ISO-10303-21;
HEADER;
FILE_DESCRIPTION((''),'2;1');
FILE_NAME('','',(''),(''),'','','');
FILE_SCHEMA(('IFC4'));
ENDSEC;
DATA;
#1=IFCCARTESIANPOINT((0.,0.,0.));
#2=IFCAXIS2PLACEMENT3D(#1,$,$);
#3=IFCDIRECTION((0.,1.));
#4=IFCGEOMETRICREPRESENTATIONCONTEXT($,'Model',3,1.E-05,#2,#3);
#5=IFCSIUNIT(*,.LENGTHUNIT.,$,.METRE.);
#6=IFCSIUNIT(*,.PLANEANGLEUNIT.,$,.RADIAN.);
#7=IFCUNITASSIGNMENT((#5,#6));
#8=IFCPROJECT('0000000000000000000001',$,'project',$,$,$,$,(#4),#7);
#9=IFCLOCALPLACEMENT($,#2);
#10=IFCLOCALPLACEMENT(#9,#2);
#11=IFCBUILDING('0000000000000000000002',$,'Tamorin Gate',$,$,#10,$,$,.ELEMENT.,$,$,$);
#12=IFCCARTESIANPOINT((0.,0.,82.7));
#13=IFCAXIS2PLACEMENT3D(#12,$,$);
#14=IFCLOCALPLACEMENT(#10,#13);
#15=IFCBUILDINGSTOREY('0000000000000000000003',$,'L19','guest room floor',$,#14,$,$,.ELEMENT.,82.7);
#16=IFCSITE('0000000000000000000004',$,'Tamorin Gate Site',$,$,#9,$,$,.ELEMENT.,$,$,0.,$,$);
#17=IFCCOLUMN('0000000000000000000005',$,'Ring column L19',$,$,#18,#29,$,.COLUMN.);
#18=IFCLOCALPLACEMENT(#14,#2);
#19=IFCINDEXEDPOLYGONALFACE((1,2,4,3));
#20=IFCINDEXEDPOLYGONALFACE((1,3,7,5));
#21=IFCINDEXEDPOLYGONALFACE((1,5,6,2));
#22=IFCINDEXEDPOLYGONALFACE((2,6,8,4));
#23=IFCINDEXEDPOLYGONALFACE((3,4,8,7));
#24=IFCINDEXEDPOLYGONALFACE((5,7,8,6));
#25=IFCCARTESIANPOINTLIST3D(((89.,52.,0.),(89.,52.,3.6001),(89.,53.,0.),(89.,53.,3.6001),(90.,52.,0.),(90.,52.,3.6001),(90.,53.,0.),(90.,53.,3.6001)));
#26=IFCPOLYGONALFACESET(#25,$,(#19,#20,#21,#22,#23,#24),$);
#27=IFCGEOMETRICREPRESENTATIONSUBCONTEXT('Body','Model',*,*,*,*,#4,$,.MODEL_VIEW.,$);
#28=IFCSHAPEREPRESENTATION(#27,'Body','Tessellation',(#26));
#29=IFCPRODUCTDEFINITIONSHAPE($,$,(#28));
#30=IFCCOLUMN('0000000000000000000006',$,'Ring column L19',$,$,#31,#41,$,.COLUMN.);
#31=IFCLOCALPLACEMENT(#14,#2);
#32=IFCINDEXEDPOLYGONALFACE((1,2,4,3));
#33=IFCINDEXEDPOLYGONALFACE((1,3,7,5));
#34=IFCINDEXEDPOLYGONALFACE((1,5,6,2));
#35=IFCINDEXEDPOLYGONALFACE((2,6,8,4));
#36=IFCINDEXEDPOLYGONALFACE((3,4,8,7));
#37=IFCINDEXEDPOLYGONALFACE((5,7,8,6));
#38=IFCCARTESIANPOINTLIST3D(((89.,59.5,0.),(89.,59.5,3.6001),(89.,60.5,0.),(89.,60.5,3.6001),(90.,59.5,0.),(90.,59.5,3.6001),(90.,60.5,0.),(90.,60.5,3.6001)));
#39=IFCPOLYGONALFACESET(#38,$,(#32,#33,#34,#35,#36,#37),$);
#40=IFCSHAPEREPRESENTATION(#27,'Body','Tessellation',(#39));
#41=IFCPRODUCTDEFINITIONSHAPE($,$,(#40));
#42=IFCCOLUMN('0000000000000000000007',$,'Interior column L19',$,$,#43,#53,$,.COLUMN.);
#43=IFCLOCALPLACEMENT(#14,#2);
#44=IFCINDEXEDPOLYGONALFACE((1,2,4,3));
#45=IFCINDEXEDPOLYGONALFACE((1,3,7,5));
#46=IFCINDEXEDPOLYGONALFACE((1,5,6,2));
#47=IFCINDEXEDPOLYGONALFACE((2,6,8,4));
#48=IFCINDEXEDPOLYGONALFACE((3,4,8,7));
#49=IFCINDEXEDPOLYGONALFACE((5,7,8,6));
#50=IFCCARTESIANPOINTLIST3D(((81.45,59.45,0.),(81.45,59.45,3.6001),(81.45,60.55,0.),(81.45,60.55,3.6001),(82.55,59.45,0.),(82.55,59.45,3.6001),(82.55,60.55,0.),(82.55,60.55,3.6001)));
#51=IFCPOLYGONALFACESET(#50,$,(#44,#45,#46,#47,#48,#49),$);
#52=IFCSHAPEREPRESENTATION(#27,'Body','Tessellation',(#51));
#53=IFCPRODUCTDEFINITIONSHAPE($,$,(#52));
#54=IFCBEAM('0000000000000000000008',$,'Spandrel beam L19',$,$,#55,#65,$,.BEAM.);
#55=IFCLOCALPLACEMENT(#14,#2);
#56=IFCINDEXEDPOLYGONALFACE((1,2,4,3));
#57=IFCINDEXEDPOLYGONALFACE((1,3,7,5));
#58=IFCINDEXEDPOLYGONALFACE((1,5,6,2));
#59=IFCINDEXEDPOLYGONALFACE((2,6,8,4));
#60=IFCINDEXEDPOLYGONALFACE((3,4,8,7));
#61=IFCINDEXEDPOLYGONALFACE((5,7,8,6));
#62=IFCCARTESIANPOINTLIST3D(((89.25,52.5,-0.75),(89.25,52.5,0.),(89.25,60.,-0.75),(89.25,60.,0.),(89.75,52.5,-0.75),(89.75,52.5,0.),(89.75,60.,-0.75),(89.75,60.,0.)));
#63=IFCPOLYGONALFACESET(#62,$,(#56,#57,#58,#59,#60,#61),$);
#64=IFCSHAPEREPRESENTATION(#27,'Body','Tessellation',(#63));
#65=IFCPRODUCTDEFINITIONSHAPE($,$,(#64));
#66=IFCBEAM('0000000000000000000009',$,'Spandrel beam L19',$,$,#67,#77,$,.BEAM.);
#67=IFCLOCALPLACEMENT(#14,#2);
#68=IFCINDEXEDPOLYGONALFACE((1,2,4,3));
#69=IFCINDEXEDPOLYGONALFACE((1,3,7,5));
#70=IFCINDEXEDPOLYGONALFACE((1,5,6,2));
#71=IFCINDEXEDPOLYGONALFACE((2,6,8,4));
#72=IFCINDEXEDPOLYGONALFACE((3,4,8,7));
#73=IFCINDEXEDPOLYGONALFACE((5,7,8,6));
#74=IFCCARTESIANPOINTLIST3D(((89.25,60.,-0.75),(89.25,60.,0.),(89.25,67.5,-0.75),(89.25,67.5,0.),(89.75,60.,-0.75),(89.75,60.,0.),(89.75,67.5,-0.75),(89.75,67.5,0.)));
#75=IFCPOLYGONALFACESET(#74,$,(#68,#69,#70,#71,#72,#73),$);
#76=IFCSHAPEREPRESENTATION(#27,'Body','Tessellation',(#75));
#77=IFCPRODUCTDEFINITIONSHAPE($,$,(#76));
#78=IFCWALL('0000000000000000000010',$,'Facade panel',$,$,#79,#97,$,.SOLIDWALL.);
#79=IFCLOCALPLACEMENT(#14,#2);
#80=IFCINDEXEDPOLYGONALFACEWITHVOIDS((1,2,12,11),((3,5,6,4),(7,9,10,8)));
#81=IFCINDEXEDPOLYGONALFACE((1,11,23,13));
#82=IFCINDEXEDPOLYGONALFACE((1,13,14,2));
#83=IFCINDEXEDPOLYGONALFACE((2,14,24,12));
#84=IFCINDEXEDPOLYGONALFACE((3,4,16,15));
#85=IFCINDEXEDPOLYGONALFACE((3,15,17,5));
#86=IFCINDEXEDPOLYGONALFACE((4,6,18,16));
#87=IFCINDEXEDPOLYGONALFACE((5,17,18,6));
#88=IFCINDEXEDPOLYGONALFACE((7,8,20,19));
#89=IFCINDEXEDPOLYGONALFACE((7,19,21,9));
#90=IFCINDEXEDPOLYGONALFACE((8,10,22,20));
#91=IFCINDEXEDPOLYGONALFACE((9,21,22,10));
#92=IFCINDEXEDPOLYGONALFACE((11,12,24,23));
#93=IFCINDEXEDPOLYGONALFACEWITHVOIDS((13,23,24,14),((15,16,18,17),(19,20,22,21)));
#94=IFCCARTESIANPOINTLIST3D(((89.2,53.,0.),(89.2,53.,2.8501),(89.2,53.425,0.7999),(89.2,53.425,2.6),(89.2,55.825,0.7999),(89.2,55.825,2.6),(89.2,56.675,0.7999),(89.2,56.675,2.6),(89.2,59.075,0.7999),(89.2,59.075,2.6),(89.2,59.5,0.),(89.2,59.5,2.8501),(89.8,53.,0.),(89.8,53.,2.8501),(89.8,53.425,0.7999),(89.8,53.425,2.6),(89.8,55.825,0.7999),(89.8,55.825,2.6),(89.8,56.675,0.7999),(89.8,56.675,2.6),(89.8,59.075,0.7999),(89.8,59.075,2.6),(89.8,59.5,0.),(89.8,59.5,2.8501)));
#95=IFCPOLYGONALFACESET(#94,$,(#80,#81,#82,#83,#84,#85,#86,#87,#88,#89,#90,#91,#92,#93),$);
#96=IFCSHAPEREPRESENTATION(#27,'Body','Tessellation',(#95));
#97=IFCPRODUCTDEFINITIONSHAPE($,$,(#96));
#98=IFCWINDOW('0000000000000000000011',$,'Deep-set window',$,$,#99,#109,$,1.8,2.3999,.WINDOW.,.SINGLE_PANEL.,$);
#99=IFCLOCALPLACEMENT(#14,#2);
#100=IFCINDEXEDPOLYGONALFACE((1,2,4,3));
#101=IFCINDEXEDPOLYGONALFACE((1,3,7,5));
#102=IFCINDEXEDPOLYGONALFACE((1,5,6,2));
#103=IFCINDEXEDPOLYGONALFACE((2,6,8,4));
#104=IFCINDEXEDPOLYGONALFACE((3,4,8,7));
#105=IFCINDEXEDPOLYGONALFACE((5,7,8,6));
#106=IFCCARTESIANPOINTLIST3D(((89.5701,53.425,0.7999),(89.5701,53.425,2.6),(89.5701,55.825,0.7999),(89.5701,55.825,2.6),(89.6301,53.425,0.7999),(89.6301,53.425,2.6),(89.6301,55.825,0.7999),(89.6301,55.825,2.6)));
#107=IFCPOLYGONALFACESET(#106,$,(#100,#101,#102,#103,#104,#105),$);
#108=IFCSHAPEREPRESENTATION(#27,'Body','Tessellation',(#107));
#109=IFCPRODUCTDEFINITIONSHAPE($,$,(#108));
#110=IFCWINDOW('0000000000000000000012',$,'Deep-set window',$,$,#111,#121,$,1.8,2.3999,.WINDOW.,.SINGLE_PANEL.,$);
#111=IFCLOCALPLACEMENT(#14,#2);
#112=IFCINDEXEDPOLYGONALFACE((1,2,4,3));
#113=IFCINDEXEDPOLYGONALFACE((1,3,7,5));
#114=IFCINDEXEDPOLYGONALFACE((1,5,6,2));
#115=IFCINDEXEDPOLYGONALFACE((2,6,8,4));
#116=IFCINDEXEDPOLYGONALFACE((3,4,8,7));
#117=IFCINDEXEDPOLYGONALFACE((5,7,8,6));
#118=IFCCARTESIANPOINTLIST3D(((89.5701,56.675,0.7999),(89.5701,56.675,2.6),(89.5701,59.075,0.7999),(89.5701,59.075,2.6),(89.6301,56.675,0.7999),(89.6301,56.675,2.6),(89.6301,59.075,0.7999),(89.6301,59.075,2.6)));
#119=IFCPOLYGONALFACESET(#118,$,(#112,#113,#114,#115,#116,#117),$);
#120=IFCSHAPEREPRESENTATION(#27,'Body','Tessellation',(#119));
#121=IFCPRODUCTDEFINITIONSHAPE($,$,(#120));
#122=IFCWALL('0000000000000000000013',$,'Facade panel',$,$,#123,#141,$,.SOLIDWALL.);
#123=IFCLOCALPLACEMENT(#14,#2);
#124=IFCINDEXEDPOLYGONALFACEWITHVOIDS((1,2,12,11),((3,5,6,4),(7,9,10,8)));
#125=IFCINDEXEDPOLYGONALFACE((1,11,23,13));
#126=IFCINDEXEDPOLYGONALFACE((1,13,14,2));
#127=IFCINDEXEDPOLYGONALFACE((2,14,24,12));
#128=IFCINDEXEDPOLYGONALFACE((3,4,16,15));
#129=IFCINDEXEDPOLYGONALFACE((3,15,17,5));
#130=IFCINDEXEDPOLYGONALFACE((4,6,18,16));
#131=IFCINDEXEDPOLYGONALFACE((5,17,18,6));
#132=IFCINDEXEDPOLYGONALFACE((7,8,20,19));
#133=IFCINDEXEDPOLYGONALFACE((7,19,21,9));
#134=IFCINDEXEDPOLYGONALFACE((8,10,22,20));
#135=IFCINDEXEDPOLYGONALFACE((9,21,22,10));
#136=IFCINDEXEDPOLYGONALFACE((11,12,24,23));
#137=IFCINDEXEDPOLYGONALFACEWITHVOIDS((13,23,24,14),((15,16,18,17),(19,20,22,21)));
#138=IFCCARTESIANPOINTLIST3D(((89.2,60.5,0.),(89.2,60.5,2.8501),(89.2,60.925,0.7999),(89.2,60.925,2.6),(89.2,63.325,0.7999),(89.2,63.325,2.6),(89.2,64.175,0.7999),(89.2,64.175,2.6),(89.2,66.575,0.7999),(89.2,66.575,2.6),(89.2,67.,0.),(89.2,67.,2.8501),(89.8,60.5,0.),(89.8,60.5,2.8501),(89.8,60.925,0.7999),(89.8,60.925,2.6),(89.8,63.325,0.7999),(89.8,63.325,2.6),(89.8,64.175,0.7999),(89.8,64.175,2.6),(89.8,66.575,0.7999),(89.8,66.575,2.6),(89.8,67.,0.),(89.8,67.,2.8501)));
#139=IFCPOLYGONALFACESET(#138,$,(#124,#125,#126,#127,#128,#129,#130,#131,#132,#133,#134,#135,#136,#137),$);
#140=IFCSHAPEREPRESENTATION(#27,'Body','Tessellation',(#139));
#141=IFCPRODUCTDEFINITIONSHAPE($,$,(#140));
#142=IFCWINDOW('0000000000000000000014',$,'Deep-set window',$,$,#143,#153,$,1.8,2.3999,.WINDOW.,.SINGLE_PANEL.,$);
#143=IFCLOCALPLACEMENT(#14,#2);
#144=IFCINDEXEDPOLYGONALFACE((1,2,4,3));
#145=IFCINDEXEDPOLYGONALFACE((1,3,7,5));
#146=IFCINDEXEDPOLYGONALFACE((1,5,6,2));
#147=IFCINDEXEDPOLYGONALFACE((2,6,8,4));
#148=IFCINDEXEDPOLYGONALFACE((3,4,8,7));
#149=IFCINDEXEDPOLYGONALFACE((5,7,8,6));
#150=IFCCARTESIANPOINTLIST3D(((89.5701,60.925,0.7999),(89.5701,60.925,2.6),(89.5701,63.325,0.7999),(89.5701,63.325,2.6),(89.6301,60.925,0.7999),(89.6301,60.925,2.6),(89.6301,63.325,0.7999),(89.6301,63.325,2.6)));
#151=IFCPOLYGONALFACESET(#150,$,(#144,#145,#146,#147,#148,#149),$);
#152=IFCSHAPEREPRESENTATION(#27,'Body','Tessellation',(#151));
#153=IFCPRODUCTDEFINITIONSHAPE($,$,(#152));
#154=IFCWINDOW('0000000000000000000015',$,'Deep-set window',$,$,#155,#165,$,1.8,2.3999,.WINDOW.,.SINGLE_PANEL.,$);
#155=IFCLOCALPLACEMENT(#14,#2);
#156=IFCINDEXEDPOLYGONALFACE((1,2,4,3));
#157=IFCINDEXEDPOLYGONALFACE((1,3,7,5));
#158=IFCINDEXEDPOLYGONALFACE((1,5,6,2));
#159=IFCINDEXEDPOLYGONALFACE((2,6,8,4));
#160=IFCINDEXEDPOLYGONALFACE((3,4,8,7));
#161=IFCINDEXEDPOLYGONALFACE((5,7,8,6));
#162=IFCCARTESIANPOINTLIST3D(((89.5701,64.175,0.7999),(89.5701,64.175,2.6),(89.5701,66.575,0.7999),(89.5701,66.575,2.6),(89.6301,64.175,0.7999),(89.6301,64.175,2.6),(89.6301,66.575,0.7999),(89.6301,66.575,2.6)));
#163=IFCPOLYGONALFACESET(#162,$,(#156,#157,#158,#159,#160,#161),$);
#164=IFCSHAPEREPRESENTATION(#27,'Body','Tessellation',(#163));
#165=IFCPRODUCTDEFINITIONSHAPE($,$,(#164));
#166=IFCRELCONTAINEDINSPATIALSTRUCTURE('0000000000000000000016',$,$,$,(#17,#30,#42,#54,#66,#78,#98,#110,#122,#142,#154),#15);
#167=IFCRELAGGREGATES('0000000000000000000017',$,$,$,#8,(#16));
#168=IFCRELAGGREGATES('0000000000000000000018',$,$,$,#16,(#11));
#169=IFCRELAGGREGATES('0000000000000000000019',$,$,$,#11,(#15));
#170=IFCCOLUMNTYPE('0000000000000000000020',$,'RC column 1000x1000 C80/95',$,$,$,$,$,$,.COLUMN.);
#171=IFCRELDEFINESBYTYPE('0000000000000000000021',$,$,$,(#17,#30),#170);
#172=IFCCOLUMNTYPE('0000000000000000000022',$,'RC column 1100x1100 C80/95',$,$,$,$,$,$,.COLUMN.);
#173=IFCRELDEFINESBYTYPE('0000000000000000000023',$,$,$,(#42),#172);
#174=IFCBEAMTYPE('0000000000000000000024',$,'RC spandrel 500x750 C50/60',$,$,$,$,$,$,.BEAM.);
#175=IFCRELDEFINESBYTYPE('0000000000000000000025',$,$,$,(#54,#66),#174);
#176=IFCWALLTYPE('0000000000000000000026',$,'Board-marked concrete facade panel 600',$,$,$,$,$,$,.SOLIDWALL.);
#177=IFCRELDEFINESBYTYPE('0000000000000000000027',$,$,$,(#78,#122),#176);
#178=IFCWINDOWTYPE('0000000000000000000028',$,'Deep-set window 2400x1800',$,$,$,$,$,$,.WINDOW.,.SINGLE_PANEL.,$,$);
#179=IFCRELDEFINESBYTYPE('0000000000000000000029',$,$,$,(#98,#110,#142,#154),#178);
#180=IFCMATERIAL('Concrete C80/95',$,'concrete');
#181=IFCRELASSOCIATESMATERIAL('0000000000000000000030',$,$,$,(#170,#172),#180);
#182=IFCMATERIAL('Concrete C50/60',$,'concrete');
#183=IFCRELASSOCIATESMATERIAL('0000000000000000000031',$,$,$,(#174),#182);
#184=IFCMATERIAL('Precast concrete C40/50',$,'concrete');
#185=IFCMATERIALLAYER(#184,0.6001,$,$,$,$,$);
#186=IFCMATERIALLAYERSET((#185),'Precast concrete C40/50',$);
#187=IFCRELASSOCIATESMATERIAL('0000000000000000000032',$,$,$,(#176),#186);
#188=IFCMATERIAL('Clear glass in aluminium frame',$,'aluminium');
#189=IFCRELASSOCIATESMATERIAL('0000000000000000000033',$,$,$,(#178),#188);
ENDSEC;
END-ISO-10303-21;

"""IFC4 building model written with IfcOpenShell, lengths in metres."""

from ifc_helpers import new_model, si_unit, direction, frame, frame_2d, origin, origin_2d, place, context, subcontext, project, spatial, rectangle, extrude, material, layer, layer_set, material_profile, profile_set, type_object, element, fill, save


model = new_model("IFC4")

# Units and contexts
model_context = context("Model", 3, precision=1e-05, world=origin(), true_north=direction((0.0, 1.0)))
body_context = subcontext(model_context, "Body", "Model", "MODEL_VIEW")
ifc_project = project(units=[si_unit("LENGTHUNIT", "METRE"), si_unit("PLANEANGLEUNIT", "RADIAN")], contexts=[model_context])

# Site, building, storey
site_placement = place(None, origin())
site = spatial("IfcSite", under=ifc_project, at=site_placement, Name="Tamorin Gate Site", CompositionType="ELEMENT", RefElevation=0.0)
building_placement = place(site_placement, origin())
building = spatial("IfcBuilding", under=site, at=building_placement, Name="Tamorin Gate", CompositionType="ELEMENT")
storey_placement = place(building_placement, frame((0.0, 0.0, 82.7)))
storey = spatial("IfcBuildingStorey", under=building, at=storey_placement, Name="L19", Description="guest room floor", CompositionType="ELEMENT", Elevation=82.7)

# Columns
ifc_material_1 = material(Name="Concrete C80/95", Category="concrete")
ifc_material_profile_1 = material_profile(ifc_material_1, rectangle(XDim=1.0, YDim=1.0, at=origin_2d()), Name="RC 1000x1000")
ifc_profile_set_1 = profile_set([ifc_material_profile_1], Name="Concrete C80/95")
column_type_1 = type_object("IfcColumnType", Name="RC column 1000x1000 C80/95", PredefinedType="COLUMN", material=ifc_profile_set_1)
for number, where, z_axis, x_axis, name in (
    (1, (89.5, 52.5, 0.0), (0.0, 0.0, 1.0), (1.0, 0.0, 0.0), "Ring column L19"),
    (2, (89.5, 60.0, 0.0), (0.0, 0.0, 1.0), (1.0, 0.0, 0.0), "Ring column L19"),
):
    element("IfcColumn", number, at=place(storey_placement, frame(where, z_axis=z_axis, x_axis=x_axis)), inside=storey, type_object=column_type_1, Name=name, PredefinedType="COLUMN", context=body_context, shape_type="SweptSolid", body=[
        extrude(rectangle(XDim=1.0, YDim=1.0, at=origin_2d()), origin(), (0.0, 0.0, 1.0), 3.6001),
    ])
ifc_material_profile_2 = material_profile(ifc_material_1, rectangle(XDim=1.1001, YDim=1.1001, at=origin_2d()), Name="RC 1100x1100")
ifc_profile_set_2 = profile_set([ifc_material_profile_2], Name="Concrete C80/95")
column_type_2 = type_object("IfcColumnType", Name="RC column 1100x1100 C80/95", PredefinedType="COLUMN", material=ifc_profile_set_2)
column_placement = place(storey_placement, frame((82.0, 60.0, 0.0), z_axis=(0.0, 0.0, 1.0), x_axis=(1.0, 0.0, 0.0)))
element("IfcColumn", 3, at=column_placement, inside=storey, type_object=column_type_2, Name="Interior column L19", PredefinedType="COLUMN", context=body_context, shape_type="SweptSolid", body=[
    extrude(rectangle(XDim=1.1001, YDim=1.1001, at=origin_2d()), origin(), (0.0, 0.0, 1.0), 3.6001),
])

# Beams
ifc_material_2 = material(Name="Concrete C50/60", Category="concrete")
ifc_material_profile_3 = material_profile(ifc_material_2, rectangle(XDim=0.5, YDim=0.75, at=origin_2d()), Name="RC 500x750")
ifc_profile_set_3 = profile_set([ifc_material_profile_3], Name="Concrete C50/60")
beam_type = type_object("IfcBeamType", Name="RC spandrel 500x750 C50/60", PredefinedType="BEAM", material=ifc_profile_set_3)
for number, where, z_axis, x_axis, name in (
    (4, (89.5, 52.5, -0.375), (0.0, 1.0, 0.0), (-1.0, 0.0, 0.0), "Spandrel beam L19"),
    (5, (89.5, 60.0, -0.375), (0.0, 1.0, 0.0), (-1.0, 0.0, 0.0), "Spandrel beam L19"),
):
    element("IfcBeam", number, at=place(storey_placement, frame(where, z_axis=z_axis, x_axis=x_axis)), inside=storey, type_object=beam_type, Name=name, PredefinedType="BEAM", context=body_context, shape_type="SweptSolid", body=[
        extrude(rectangle(XDim=0.5, YDim=0.75, at=origin_2d()), origin(), (0.0, 0.0, 1.0), 7.5),
    ])

# Walls, openings, windows
ifc_material_3 = material(Name="Precast concrete C40/50", Category="concrete")
ifc_layer_1 = layer(ifc_material_3, 0.6001)
ifc_layer_set_1 = layer_set([ifc_layer_1], Name="Precast concrete C40/50")
wall_type_1 = type_object("IfcWallType", Name="Board-marked concrete facade panel 600", PredefinedType="SOLIDWALL", material=ifc_layer_set_1)
wall_1_placement = place(storey_placement, frame((89.5, 53.0, 0.0), z_axis=(0.0, 0.0, 1.0), x_axis=(0.0, 1.0, 0.0)))
wall_1 = element("IfcWall", 6, at=wall_1_placement, inside=storey, type_object=wall_type_1, Name="Facade panel", PredefinedType="SOLIDWALL", context=body_context, shape_type="SweptSolid", body=[
    extrude(rectangle(XDim=6.5, YDim=0.6001, at=frame_2d((3.25, 0.0))), origin(), (0.0, 0.0, 1.0), 2.8501),
])
opening_1_placement = place(wall_1_placement, frame((0.425, 0.0, 0.8)))
opening_1 = element("IfcOpeningElement", 7, at=opening_1_placement, cuts=wall_1, PredefinedType="OPENING", context=body_context, shape_type="SweptSolid", body=[
    extrude(rectangle(XDim=2.3999, YDim=1.8, at=frame_2d((1.2, 0.8999))), frame((0.0, 0.3101, 0.0), z_axis=(0.0, -1.0, 0.0), x_axis=(1.0, 0.0, 0.0)), (0.0, 0.0, 1.0), 0.6201),
])
opening_2_placement = place(wall_1_placement, frame((3.675, 0.0, 0.8)))
opening_2 = element("IfcOpeningElement", 8, at=opening_2_placement, cuts=wall_1, PredefinedType="OPENING", context=body_context, shape_type="SweptSolid", body=[
    extrude(rectangle(XDim=2.3999, YDim=1.8, at=frame_2d((1.2, 0.8999))), frame((0.0, 0.3101, 0.0), z_axis=(0.0, -1.0, 0.0), x_axis=(1.0, 0.0, 0.0)), (0.0, 0.0, 1.0), 0.6201),
])
ifc_material_4 = material(Name="Clear glass in aluminium frame", Category="aluminium")
window_type = type_object("IfcWindowType", Name="Deep-set window 2400x1800", PartitioningType="SINGLE_PANEL", PredefinedType="WINDOW", material=ifc_material_4)
window_1_placement = place(opening_1_placement, origin())
window_1 = element("IfcWindow", 9, at=window_1_placement, inside=storey, type_object=window_type, Name="Deep-set window", OverallHeight=1.8, OverallWidth=2.3999, PartitioningType="SINGLE_PANEL", PredefinedType="WINDOW", context=body_context, shape_type="SweptSolid", body=[
    extrude(rectangle(XDim=2.3999, YDim=1.8, at=frame_2d((1.2, 0.8999))), frame((0.0, -0.0701, 0.0), z_axis=(0.0, -1.0, 0.0), x_axis=(1.0, 0.0, 0.0)), (0.0, 0.0, 1.0), 0.0601),
])
fill(opening_1, window_1)
window_2_placement = place(opening_2_placement, origin())
window_2 = element("IfcWindow", 10, at=window_2_placement, inside=storey, type_object=window_type, Name="Deep-set window", OverallHeight=1.8, OverallWidth=2.3999, PartitioningType="SINGLE_PANEL", PredefinedType="WINDOW", context=body_context, shape_type="SweptSolid", body=[
    extrude(rectangle(XDim=2.3999, YDim=1.8, at=frame_2d((1.2, 0.8999))), frame((0.0, -0.0701, 0.0), z_axis=(0.0, -1.0, 0.0), x_axis=(1.0, 0.0, 0.0)), (0.0, 0.0, 1.0), 0.0601),
])
fill(opening_2, window_2)
wall_2_placement = place(storey_placement, frame((89.5, 60.5, 0.0), z_axis=(0.0, 0.0, 1.0), x_axis=(0.0, 1.0, 0.0)))
wall_2 = element("IfcWall", 11, at=wall_2_placement, inside=storey, type_object=wall_type_1, Name="Facade panel", PredefinedType="SOLIDWALL", context=body_context, shape_type="SweptSolid", body=[
    extrude(rectangle(XDim=6.5, YDim=0.6001, at=frame_2d((3.25, 0.0))), origin(), (0.0, 0.0, 1.0), 2.8501),
])
opening_3_placement = place(wall_2_placement, frame((0.425, 0.0, 0.8)))
opening_3 = element("IfcOpeningElement", 12, at=opening_3_placement, cuts=wall_2, PredefinedType="OPENING", context=body_context, shape_type="SweptSolid", body=[
    extrude(rectangle(XDim=2.3999, YDim=1.8, at=frame_2d((1.2, 0.8999))), frame((0.0, 0.3101, 0.0), z_axis=(0.0, -1.0, 0.0), x_axis=(1.0, 0.0, 0.0)), (0.0, 0.0, 1.0), 0.6201),
])
opening_4_placement = place(wall_2_placement, frame((3.675, 0.0, 0.8)))
opening_4 = element("IfcOpeningElement", 13, at=opening_4_placement, cuts=wall_2, PredefinedType="OPENING", context=body_context, shape_type="SweptSolid", body=[
    extrude(rectangle(XDim=2.3999, YDim=1.8, at=frame_2d((1.2, 0.8999))), frame((0.0, 0.3101, 0.0), z_axis=(0.0, -1.0, 0.0), x_axis=(1.0, 0.0, 0.0)), (0.0, 0.0, 1.0), 0.6201),
])
window_3_placement = place(opening_3_placement, origin())
window_3 = element("IfcWindow", 14, at=window_3_placement, inside=storey, type_object=window_type, Name="Deep-set window", OverallHeight=1.8, OverallWidth=2.3999, PartitioningType="SINGLE_PANEL", PredefinedType="WINDOW", context=body_context, shape_type="SweptSolid", body=[
    extrude(rectangle(XDim=2.3999, YDim=1.8, at=frame_2d((1.2, 0.8999))), frame((0.0, -0.0701, 0.0), z_axis=(0.0, -1.0, 0.0), x_axis=(1.0, 0.0, 0.0)), (0.0, 0.0, 1.0), 0.0601),
])
fill(opening_3, window_3)
window_4_placement = place(opening_4_placement, origin())
window_4 = element("IfcWindow", 15, at=window_4_placement, inside=storey, type_object=window_type, Name="Deep-set window", OverallHeight=1.8, OverallWidth=2.3999, PartitioningType="SINGLE_PANEL", PredefinedType="WINDOW", context=body_context, shape_type="SweptSolid", body=[
    extrude(rectangle(XDim=2.3999, YDim=1.8, at=frame_2d((1.2, 0.8999))), frame((0.0, -0.0701, 0.0), z_axis=(0.0, -1.0, 0.0), x_axis=(1.0, 0.0, 0.0)), (0.0, 0.0, 1.0), 0.0601),
])
fill(opening_4, window_4)

save(model, "model.ifc")
